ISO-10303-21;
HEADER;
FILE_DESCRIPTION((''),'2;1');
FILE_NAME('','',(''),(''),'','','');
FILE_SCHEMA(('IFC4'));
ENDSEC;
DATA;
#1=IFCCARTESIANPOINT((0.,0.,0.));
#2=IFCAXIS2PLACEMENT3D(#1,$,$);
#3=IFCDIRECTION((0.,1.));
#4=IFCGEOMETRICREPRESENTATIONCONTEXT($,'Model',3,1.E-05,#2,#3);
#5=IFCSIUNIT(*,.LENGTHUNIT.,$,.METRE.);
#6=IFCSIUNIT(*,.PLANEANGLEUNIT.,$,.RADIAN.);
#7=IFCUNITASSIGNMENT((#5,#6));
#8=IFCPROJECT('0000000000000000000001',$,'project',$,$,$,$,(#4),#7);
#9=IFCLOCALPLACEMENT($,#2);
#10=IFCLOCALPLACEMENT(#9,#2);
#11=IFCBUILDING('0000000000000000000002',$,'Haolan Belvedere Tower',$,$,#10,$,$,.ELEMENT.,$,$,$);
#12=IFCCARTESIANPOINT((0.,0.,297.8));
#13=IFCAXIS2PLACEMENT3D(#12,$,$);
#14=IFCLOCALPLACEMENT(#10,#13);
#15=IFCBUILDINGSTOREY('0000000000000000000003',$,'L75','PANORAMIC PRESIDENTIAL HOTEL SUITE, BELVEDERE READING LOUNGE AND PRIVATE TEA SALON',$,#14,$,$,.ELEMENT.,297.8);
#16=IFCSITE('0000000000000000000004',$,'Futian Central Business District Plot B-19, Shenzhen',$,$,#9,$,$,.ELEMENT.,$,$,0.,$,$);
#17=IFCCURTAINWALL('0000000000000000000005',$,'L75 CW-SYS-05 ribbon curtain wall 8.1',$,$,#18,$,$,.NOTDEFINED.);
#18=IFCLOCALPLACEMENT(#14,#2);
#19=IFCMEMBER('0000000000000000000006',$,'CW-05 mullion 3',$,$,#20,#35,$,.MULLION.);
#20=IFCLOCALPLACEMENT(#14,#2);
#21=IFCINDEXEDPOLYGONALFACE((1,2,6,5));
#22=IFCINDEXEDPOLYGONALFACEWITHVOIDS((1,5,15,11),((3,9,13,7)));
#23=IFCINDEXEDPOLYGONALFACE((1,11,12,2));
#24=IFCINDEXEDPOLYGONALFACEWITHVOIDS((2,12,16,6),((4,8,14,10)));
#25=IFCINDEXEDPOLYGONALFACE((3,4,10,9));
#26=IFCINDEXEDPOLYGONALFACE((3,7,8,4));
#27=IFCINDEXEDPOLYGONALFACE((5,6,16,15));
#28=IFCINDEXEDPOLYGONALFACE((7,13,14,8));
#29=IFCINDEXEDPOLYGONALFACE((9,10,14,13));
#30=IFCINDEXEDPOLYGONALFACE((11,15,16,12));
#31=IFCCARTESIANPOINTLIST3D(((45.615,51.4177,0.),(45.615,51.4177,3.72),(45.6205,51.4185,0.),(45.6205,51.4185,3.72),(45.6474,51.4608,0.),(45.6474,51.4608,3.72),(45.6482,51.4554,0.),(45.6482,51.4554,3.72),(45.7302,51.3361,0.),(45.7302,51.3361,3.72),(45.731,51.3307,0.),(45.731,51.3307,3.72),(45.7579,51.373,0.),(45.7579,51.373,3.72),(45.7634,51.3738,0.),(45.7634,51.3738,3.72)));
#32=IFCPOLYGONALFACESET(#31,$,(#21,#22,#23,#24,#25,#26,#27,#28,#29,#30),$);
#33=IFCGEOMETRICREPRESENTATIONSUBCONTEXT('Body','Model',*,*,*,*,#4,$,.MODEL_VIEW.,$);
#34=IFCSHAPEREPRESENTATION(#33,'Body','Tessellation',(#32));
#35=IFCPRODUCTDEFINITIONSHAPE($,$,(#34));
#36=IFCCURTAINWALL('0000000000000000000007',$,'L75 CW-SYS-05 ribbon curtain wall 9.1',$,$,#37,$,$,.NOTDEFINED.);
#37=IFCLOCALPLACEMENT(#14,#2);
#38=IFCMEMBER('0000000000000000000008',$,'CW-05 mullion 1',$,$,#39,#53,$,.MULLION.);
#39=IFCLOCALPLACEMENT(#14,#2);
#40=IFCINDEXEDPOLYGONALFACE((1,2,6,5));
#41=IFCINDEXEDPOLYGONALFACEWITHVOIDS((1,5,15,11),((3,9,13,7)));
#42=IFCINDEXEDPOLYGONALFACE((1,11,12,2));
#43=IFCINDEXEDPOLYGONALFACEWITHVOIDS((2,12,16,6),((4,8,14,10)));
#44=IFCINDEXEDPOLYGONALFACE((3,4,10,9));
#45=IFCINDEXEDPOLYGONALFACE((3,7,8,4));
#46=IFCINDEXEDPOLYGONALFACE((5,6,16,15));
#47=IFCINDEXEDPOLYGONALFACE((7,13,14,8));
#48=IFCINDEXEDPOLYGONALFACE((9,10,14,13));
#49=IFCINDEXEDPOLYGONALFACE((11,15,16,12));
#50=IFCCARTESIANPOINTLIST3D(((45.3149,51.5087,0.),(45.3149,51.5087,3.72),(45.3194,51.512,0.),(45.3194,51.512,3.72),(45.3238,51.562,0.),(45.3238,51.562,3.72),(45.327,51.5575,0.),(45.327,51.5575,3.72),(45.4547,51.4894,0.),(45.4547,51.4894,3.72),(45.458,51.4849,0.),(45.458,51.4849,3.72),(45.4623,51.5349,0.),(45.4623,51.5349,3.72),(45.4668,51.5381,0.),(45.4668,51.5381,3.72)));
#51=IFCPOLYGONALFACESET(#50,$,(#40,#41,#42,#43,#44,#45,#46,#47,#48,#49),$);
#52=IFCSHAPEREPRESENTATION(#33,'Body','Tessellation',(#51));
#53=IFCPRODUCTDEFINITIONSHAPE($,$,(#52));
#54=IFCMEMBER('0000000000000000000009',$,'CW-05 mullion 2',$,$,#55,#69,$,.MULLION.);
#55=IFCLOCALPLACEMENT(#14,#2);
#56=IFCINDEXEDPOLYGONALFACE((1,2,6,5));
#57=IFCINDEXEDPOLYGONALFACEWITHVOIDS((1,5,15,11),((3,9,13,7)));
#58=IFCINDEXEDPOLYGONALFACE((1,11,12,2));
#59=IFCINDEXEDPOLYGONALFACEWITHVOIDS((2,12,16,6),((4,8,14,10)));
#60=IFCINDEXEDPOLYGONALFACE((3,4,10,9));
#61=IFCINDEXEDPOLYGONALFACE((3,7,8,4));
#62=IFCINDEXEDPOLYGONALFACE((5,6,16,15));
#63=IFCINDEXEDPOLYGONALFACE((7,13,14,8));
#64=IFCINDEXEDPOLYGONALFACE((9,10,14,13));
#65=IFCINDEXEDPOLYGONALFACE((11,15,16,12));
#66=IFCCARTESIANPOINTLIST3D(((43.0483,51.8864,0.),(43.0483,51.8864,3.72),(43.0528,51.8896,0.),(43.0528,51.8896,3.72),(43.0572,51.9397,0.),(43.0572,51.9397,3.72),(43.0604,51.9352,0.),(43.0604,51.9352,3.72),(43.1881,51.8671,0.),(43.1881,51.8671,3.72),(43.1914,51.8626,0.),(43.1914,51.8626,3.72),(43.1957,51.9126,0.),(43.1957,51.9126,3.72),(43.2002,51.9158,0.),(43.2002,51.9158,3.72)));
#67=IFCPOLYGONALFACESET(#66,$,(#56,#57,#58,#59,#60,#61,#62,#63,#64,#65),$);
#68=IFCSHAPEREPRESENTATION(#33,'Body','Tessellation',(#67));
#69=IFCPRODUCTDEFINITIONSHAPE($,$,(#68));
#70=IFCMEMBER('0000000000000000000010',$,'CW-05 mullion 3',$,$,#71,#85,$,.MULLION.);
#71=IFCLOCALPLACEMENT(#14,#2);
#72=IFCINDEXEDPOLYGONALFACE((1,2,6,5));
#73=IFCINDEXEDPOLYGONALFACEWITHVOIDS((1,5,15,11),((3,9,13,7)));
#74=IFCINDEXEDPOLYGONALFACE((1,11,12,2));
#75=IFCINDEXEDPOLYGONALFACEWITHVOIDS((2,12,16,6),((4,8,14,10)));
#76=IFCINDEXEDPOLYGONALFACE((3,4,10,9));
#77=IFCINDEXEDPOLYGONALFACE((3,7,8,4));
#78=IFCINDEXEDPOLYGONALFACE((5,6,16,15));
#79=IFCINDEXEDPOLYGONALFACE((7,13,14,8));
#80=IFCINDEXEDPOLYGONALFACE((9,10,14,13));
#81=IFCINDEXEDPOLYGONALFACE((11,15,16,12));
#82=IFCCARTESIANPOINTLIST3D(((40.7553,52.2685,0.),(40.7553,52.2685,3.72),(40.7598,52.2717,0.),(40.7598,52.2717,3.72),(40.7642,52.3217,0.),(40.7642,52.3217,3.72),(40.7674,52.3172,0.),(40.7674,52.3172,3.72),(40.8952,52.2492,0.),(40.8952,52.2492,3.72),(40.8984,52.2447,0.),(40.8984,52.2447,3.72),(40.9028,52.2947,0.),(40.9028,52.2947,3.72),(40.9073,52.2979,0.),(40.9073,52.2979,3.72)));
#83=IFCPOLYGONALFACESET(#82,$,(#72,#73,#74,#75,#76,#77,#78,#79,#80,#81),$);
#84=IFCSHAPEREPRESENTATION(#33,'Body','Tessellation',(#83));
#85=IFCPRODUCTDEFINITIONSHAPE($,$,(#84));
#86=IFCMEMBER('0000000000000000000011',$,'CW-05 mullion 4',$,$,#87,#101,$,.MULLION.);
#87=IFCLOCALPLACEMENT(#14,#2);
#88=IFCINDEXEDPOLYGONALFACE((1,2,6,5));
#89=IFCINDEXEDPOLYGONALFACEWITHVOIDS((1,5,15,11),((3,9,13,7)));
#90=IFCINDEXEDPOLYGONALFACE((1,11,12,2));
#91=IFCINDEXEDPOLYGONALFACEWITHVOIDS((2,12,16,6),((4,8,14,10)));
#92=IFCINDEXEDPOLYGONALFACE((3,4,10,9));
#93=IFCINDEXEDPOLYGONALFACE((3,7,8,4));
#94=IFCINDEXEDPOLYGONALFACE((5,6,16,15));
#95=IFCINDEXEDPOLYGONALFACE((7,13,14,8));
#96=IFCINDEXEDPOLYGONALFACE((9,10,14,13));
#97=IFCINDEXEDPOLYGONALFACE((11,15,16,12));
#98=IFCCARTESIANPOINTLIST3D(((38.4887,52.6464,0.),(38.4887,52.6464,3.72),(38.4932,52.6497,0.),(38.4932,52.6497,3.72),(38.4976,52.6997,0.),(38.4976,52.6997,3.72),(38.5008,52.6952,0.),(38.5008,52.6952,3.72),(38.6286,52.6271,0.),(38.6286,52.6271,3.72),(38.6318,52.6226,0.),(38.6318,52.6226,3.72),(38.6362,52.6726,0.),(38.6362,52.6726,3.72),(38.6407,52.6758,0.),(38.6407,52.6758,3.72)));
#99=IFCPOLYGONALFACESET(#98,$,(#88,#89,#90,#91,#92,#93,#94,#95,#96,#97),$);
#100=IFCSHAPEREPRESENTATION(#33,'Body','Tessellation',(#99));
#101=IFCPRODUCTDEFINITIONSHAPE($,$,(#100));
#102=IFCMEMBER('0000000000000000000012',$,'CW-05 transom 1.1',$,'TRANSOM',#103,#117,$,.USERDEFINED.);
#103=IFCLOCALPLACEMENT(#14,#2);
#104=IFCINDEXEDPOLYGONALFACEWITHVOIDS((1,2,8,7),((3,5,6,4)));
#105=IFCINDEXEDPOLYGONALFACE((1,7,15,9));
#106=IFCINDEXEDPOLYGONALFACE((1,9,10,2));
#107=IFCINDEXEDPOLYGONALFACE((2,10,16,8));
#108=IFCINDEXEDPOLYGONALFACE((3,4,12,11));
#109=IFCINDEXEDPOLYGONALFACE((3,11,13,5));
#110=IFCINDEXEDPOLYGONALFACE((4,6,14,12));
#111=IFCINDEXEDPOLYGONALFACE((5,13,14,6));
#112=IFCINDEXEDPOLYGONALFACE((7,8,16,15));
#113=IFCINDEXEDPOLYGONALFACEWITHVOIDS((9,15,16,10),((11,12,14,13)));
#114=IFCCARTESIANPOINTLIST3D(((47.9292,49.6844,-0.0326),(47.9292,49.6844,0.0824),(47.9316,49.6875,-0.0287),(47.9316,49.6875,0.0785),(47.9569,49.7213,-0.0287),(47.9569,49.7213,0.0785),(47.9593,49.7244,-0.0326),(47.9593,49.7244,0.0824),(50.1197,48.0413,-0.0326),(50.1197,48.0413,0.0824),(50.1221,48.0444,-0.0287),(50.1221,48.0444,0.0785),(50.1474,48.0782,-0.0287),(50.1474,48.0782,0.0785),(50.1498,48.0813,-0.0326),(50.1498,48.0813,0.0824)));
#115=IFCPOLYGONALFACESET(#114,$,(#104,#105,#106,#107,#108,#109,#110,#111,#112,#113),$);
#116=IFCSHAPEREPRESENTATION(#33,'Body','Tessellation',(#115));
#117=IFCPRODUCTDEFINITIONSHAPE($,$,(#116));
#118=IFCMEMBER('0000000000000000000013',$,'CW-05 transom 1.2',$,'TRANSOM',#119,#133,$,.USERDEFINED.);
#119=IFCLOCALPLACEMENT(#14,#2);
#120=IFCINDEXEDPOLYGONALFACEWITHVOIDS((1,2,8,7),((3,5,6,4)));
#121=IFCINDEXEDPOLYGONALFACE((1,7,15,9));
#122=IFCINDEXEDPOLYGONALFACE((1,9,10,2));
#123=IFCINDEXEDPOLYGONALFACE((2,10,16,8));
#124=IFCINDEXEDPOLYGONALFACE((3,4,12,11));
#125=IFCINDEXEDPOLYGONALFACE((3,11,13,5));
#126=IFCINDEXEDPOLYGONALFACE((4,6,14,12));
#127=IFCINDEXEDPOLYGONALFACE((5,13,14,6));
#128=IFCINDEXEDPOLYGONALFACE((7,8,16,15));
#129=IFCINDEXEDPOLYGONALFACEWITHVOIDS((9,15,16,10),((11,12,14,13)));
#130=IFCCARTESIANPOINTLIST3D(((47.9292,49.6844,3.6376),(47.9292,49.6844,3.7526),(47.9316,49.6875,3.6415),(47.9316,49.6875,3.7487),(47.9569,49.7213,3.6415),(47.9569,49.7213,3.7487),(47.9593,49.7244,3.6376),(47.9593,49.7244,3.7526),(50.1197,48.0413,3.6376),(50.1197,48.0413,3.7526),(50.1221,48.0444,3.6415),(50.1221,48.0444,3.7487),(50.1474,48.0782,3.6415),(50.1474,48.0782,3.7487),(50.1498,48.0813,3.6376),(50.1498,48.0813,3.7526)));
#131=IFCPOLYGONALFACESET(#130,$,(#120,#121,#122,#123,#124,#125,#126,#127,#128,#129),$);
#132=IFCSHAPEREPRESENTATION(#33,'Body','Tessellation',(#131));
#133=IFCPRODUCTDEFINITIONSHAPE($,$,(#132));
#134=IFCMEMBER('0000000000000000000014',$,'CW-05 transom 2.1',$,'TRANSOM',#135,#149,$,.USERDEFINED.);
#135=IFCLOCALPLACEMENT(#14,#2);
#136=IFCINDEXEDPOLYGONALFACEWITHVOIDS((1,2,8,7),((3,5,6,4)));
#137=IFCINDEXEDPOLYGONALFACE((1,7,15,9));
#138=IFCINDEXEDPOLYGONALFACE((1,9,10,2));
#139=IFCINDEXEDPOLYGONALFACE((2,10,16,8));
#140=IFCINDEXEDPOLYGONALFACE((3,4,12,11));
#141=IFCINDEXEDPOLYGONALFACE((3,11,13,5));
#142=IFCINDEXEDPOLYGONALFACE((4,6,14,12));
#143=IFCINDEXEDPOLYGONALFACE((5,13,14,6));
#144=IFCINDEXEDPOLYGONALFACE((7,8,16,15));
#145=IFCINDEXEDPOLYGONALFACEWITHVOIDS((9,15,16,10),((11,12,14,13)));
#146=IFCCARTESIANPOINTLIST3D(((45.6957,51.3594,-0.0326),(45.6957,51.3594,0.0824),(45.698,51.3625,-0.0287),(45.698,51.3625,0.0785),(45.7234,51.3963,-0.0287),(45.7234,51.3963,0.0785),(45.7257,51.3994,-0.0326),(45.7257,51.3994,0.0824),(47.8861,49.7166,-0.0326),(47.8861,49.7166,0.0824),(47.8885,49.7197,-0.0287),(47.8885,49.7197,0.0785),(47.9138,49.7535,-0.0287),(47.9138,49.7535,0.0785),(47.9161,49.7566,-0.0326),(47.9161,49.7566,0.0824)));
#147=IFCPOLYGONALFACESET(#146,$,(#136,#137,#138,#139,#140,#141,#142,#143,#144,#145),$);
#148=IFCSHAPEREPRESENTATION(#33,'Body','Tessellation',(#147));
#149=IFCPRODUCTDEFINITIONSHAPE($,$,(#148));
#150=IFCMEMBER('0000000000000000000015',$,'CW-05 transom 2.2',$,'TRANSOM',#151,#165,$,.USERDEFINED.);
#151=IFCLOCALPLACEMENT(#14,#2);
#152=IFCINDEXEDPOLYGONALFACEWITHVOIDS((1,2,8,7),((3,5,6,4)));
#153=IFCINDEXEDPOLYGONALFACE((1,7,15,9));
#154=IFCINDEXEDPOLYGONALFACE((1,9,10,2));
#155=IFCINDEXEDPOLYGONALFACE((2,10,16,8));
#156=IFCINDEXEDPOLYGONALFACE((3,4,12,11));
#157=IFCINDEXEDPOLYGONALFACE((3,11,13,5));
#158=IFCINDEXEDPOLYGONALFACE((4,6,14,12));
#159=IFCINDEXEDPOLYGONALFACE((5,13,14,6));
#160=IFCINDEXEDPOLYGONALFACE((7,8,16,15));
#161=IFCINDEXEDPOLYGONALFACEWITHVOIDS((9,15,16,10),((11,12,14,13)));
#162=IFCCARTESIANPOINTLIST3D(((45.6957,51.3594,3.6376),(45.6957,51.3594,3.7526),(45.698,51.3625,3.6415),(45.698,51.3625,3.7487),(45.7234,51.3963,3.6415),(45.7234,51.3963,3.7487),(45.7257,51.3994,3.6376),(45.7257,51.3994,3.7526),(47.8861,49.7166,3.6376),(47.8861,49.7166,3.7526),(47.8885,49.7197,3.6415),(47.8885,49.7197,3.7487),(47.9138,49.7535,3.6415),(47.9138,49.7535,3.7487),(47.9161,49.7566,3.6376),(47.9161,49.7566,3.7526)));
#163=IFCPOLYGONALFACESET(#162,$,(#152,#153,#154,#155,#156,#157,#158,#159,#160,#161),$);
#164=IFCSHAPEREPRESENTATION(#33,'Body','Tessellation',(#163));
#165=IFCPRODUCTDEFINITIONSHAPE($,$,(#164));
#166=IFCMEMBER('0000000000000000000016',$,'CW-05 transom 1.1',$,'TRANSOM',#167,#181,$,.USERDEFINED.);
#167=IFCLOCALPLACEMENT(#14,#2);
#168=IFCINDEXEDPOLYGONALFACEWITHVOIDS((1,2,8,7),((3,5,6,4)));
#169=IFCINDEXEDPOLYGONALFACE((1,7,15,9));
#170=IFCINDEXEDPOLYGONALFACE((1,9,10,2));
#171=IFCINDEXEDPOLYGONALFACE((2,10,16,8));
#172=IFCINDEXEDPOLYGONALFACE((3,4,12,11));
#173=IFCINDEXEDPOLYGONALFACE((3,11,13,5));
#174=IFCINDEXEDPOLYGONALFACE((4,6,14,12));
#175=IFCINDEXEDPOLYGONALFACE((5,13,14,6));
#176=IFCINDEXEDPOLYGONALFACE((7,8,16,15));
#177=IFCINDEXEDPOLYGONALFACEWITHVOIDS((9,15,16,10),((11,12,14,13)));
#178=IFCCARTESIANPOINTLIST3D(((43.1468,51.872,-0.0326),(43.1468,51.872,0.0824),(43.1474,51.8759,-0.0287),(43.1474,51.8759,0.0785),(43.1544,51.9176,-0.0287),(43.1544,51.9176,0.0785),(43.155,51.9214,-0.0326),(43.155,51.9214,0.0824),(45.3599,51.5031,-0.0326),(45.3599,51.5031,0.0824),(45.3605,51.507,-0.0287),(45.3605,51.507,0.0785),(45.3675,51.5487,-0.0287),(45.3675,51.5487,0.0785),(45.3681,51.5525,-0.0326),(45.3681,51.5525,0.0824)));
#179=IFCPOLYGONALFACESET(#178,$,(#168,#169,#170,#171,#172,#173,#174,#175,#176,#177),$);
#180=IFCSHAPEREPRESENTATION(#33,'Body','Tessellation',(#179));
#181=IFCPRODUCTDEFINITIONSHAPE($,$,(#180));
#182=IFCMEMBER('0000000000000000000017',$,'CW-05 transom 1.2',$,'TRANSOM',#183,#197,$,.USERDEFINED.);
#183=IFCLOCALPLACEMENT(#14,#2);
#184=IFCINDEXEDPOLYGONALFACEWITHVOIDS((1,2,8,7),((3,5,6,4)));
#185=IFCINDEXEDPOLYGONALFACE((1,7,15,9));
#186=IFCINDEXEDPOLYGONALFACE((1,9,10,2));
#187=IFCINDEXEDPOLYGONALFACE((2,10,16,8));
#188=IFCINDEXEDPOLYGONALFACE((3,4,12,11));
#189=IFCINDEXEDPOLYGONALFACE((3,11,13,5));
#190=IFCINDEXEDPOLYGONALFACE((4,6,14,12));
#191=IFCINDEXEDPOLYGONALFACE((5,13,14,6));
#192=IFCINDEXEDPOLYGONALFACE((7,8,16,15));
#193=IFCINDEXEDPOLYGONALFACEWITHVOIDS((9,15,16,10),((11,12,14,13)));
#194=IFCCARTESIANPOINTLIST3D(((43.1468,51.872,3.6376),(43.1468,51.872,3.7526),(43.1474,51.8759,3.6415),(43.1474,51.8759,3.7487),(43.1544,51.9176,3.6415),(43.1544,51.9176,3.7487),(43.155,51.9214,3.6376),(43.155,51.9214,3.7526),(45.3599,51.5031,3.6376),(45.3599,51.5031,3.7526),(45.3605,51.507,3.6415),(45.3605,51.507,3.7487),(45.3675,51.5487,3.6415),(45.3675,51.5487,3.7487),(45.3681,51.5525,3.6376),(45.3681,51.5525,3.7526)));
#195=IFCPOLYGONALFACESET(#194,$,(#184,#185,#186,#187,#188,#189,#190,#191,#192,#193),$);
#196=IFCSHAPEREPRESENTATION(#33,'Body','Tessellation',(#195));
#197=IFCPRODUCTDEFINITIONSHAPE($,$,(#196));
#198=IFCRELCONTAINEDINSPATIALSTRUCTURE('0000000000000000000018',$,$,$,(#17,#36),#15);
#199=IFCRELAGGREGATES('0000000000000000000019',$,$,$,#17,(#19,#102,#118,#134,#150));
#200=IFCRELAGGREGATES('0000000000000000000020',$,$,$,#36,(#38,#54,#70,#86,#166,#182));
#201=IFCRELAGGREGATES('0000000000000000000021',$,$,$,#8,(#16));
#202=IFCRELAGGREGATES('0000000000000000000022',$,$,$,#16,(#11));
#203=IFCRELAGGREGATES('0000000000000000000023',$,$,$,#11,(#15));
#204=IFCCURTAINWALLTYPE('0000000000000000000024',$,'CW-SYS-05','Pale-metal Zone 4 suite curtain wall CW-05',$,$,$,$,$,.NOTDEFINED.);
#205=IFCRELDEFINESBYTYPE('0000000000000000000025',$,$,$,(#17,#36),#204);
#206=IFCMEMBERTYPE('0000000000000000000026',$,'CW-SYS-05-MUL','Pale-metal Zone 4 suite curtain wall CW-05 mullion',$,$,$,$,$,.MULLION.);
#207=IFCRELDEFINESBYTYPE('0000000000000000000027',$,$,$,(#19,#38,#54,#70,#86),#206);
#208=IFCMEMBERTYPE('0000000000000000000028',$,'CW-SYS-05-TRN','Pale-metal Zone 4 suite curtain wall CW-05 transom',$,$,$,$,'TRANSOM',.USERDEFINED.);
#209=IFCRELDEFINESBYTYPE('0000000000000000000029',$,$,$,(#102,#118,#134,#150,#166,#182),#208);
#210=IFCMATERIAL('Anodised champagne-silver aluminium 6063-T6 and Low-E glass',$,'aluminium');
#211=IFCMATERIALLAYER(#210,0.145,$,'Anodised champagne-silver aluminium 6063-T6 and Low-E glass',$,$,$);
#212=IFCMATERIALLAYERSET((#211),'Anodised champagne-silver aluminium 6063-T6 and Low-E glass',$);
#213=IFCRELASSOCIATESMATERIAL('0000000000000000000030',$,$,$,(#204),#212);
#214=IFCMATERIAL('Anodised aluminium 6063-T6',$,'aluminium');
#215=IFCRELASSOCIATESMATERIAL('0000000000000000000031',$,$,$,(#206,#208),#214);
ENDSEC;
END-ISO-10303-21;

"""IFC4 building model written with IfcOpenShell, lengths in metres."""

from ifc_helpers import new_model, si_unit, direction, frame, origin, origin_2d, place, context, subcontext, project, spatial, hollow_rectangle, extrude, material, layer, layer_set, material_profile, profile_set, type_object, element, aggregate, save


model = new_model("IFC4")

# Units and contexts
model_context = context("Model", 3, precision=1e-05, world=origin(), true_north=direction((0.0, 1.0)))
body_context = subcontext(model_context, "Body", "Model", "MODEL_VIEW")
ifc_project = project(units=[si_unit("LENGTHUNIT", "METRE"), si_unit("PLANEANGLEUNIT", "RADIAN")], contexts=[model_context])

# Site, building, storey
site_placement = place(None, origin())
site = spatial("IfcSite", under=ifc_project, at=site_placement, Name="Futian Central Business District Plot B-19, Shenzhen", CompositionType="ELEMENT", RefElevation=0.0)
building_placement = place(site_placement, origin())
building = spatial("IfcBuilding", under=site, at=building_placement, Name="Haolan Belvedere Tower", CompositionType="ELEMENT")
storey_placement = place(building_placement, frame((0.0, 0.0, 297.8)))
storey = spatial("IfcBuildingStorey", under=building, at=storey_placement, Name="L75", Description="PANORAMIC PRESIDENTIAL HOTEL SUITE, BELVEDERE READING LOUNGE AND PRIVATE TEA SALON", CompositionType="ELEMENT", Elevation=297.8)

# Curtain walls, members
ifc_material_1 = material(Name="Anodised champagne-silver aluminium 6063-T6 and Low-E glass", Category="aluminium")
ifc_layer_1 = layer(ifc_material_1, 0.145, Name="Anodised champagne-silver aluminium 6063-T6 and Low-E glass")
ifc_layer_set_1 = layer_set([ifc_layer_1], Name="Anodised champagne-silver aluminium 6063-T6 and Low-E glass")
curtain_wall_type = type_object("IfcCurtainWallType", Name="CW-SYS-05", Description="Pale-metal Zone 4 suite curtain wall CW-05", PredefinedType="NOTDEFINED", material=ifc_layer_set_1)
curtain_wall_1_placement = place(storey_placement, origin())
curtain_wall_1 = element("IfcCurtainWall", 1, at=curtain_wall_1_placement, inside=storey, type_object=curtain_wall_type, Name="L75 CW-SYS-05 ribbon curtain wall 8.1", PredefinedType="NOTDEFINED")
ifc_material_2 = material(Name="Anodised aluminium 6063-T6", Category="aluminium")
ifc_material_profile_1 = material_profile(ifc_material_2, hollow_rectangle(XDim=0.054, YDim=0.145, WallThickness=0.0039, at=origin_2d()), Name="Anodised aluminium 6063-T6")
ifc_profile_set_1 = profile_set([ifc_material_profile_1], Name="Anodised aluminium 6063-T6")
member_type_1 = type_object("IfcMemberType", Name="CW-SYS-05-MUL", Description="Pale-metal Zone 4 suite curtain wall CW-05 mullion", PredefinedType="MULLION", material=ifc_profile_set_1)
member_1_placement = place(storey_placement, frame((45.6892, 51.3958, 0.0), z_axis=(0.0, 0.0, 1.0), x_axis=(-0.600003, -0.799998, 0.0)))
member_1 = element("IfcMember", 2, at=member_1_placement, type_object=member_type_1, Name="CW-05 mullion 3", PredefinedType="MULLION", context=body_context, shape_type="SweptSolid", body=[
    extrude(hollow_rectangle(XDim=0.054, YDim=0.145, WallThickness=0.0039, at=origin_2d()), origin(), (0.0, 0.0, 1.0), 3.72),
])
curtain_wall_2_placement = place(storey_placement, origin())
curtain_wall_2 = element("IfcCurtainWall", 3, at=curtain_wall_2_placement, inside=storey, type_object=curtain_wall_type, Name="L75 CW-SYS-05 ribbon curtain wall 9.1", PredefinedType="NOTDEFINED")
member_2_placement = place(storey_placement, frame((45.3909, 51.5234, 0.0), z_axis=(0.0, 0.0, 1.0), x_axis=(-0.164406, -0.986393, 0.0)))
member_2 = element("IfcMember", 4, at=member_2_placement, type_object=member_type_1, Name="CW-05 mullion 1", PredefinedType="MULLION", context=body_context, shape_type="SweptSolid", body=[
    extrude(hollow_rectangle(XDim=0.054, YDim=0.145, WallThickness=0.0039, at=origin_2d()), origin(), (0.0, 0.0, 1.0), 3.72),
])
member_3_placement = place(storey_placement, frame((43.1243, 51.9011, 0.0), z_axis=(0.0, 0.0, 1.0), x_axis=(-0.164406, -0.986393, 0.0)))
member_3 = element("IfcMember", 5, at=member_3_placement, type_object=member_type_1, Name="CW-05 mullion 2", PredefinedType="MULLION", context=body_context, shape_type="SweptSolid", body=[
    extrude(hollow_rectangle(XDim=0.054, YDim=0.145, WallThickness=0.0039, at=origin_2d()), origin(), (0.0, 0.0, 1.0), 3.72),
])
member_4_placement = place(storey_placement, frame((40.8313, 52.2832, 0.0), z_axis=(0.0, 0.0, 1.0), x_axis=(-0.164406, -0.986393, 0.0)))
member_4 = element("IfcMember", 6, at=member_4_placement, type_object=member_type_1, Name="CW-05 mullion 3", PredefinedType="MULLION", context=body_context, shape_type="SweptSolid", body=[
    extrude(hollow_rectangle(XDim=0.054, YDim=0.145, WallThickness=0.0039, at=origin_2d()), origin(), (0.0, 0.0, 1.0), 3.72),
])
member_5_placement = place(storey_placement, frame((38.5647, 52.6611, 0.0), z_axis=(0.0, 0.0, 1.0), x_axis=(-0.164406, -0.986393, 0.0)))
member_5 = element("IfcMember", 7, at=member_5_placement, type_object=member_type_1, Name="CW-05 mullion 4", PredefinedType="MULLION", context=body_context, shape_type="SweptSolid", body=[
    extrude(hollow_rectangle(XDim=0.054, YDim=0.145, WallThickness=0.0039, at=origin_2d()), origin(), (0.0, 0.0, 1.0), 3.72),
])

# Members
ifc_material_profile_2 = material_profile(ifc_material_2, hollow_rectangle(XDim=0.05, YDim=0.115, WallThickness=0.0039, at=origin_2d()), Name="Anodised aluminium 6063-T6")
ifc_profile_set_2 = profile_set([ifc_material_profile_2], Name="Anodised aluminium 6063-T6")
member_type_2 = type_object("IfcMemberType", Name="CW-SYS-05-TRN", Description="Pale-metal Zone 4 suite curtain wall CW-05 transom", ElementType="TRANSOM", PredefinedType="USERDEFINED", material=ifc_profile_set_2)
member_6_placement = place(storey_placement, frame((50.1348, 48.0613, 0.0249), z_axis=(-0.799957, 0.600057, 0.0), x_axis=(-0.600057, -0.799957, 0.0)))
member_6 = element("IfcMember", 8, at=member_6_placement, type_object=member_type_2, Name="CW-05 transom 1.1", ObjectType="TRANSOM", PredefinedType="USERDEFINED", context=body_context, shape_type="SweptSolid", body=[
    extrude(hollow_rectangle(XDim=0.05, YDim=0.115, WallThickness=0.0039, at=origin_2d()), origin(), (0.0, 0.0, 1.0), 2.7383),
])
member_7_placement = place(storey_placement, frame((50.1348, 48.0613, 3.6951), z_axis=(-0.799957, 0.600057, 0.0), x_axis=(-0.600057, -0.799957, 0.0)))
member_7 = element("IfcMember", 9, at=member_7_placement, type_object=member_type_2, Name="CW-05 transom 1.2", ObjectType="TRANSOM", PredefinedType="USERDEFINED", context=body_context, shape_type="SweptSolid", body=[
    extrude(hollow_rectangle(XDim=0.05, YDim=0.115, WallThickness=0.0039, at=origin_2d()), origin(), (0.0, 0.0, 1.0), 2.7383),
])
member_8_placement = place(storey_placement, frame((47.9011, 49.7366, 0.0249), z_axis=(-0.8, 0.6, 0.0), x_axis=(-0.6, -0.8, 0.0)))
member_8 = element("IfcMember", 10, at=member_8_placement, type_object=member_type_2, Name="CW-05 transom 2.1", ObjectType="TRANSOM", PredefinedType="USERDEFINED", context=body_context, shape_type="SweptSolid", body=[
    extrude(hollow_rectangle(XDim=0.05, YDim=0.115, WallThickness=0.0039, at=origin_2d()), origin(), (0.0, 0.0, 1.0), 2.738),
])
member_9_placement = place(storey_placement, frame((47.9011, 49.7366, 3.6951), z_axis=(-0.8, 0.6, 0.0), x_axis=(-0.6, -0.8, 0.0)))
member_9 = element("IfcMember", 11, at=member_9_placement, type_object=member_type_2, Name="CW-05 transom 2.2", ObjectType="TRANSOM", PredefinedType="USERDEFINED", context=body_context, shape_type="SweptSolid", body=[
    extrude(hollow_rectangle(XDim=0.05, YDim=0.115, WallThickness=0.0039, at=origin_2d()), origin(), (0.0, 0.0, 1.0), 2.738),
])
member_10_placement = place(storey_placement, frame((45.364, 51.5278, 0.0249), z_axis=(-0.986391, 0.164417, 0.0), x_axis=(-0.164417, -0.986391, 0.0)))
member_10 = element("IfcMember", 12, at=member_10_placement, type_object=member_type_2, Name="CW-05 transom 1.1", ObjectType="TRANSOM", PredefinedType="USERDEFINED", context=body_context, shape_type="SweptSolid", body=[
    extrude(hollow_rectangle(XDim=0.05, YDim=0.115, WallThickness=0.0039, at=origin_2d()), origin(), (0.0, 0.0, 1.0), 2.2437),
])
member_11_placement = place(storey_placement, frame((45.364, 51.5278, 3.6951), z_axis=(-0.986391, 0.164417, 0.0), x_axis=(-0.164417, -0.986391, 0.0)))
member_11 = element("IfcMember", 13, at=member_11_placement, type_object=member_type_2, Name="CW-05 transom 1.2", ObjectType="TRANSOM", PredefinedType="USERDEFINED", context=body_context, shape_type="SweptSolid", body=[
    extrude(hollow_rectangle(XDim=0.05, YDim=0.115, WallThickness=0.0039, at=origin_2d()), origin(), (0.0, 0.0, 1.0), 2.2437),
])

aggregate(curtain_wall_1, [member_1, member_6, member_7, member_8, member_9])
aggregate(curtain_wall_2, [member_2, member_3, member_4, member_5, member_10, member_11])

save(model, "model.ifc")
